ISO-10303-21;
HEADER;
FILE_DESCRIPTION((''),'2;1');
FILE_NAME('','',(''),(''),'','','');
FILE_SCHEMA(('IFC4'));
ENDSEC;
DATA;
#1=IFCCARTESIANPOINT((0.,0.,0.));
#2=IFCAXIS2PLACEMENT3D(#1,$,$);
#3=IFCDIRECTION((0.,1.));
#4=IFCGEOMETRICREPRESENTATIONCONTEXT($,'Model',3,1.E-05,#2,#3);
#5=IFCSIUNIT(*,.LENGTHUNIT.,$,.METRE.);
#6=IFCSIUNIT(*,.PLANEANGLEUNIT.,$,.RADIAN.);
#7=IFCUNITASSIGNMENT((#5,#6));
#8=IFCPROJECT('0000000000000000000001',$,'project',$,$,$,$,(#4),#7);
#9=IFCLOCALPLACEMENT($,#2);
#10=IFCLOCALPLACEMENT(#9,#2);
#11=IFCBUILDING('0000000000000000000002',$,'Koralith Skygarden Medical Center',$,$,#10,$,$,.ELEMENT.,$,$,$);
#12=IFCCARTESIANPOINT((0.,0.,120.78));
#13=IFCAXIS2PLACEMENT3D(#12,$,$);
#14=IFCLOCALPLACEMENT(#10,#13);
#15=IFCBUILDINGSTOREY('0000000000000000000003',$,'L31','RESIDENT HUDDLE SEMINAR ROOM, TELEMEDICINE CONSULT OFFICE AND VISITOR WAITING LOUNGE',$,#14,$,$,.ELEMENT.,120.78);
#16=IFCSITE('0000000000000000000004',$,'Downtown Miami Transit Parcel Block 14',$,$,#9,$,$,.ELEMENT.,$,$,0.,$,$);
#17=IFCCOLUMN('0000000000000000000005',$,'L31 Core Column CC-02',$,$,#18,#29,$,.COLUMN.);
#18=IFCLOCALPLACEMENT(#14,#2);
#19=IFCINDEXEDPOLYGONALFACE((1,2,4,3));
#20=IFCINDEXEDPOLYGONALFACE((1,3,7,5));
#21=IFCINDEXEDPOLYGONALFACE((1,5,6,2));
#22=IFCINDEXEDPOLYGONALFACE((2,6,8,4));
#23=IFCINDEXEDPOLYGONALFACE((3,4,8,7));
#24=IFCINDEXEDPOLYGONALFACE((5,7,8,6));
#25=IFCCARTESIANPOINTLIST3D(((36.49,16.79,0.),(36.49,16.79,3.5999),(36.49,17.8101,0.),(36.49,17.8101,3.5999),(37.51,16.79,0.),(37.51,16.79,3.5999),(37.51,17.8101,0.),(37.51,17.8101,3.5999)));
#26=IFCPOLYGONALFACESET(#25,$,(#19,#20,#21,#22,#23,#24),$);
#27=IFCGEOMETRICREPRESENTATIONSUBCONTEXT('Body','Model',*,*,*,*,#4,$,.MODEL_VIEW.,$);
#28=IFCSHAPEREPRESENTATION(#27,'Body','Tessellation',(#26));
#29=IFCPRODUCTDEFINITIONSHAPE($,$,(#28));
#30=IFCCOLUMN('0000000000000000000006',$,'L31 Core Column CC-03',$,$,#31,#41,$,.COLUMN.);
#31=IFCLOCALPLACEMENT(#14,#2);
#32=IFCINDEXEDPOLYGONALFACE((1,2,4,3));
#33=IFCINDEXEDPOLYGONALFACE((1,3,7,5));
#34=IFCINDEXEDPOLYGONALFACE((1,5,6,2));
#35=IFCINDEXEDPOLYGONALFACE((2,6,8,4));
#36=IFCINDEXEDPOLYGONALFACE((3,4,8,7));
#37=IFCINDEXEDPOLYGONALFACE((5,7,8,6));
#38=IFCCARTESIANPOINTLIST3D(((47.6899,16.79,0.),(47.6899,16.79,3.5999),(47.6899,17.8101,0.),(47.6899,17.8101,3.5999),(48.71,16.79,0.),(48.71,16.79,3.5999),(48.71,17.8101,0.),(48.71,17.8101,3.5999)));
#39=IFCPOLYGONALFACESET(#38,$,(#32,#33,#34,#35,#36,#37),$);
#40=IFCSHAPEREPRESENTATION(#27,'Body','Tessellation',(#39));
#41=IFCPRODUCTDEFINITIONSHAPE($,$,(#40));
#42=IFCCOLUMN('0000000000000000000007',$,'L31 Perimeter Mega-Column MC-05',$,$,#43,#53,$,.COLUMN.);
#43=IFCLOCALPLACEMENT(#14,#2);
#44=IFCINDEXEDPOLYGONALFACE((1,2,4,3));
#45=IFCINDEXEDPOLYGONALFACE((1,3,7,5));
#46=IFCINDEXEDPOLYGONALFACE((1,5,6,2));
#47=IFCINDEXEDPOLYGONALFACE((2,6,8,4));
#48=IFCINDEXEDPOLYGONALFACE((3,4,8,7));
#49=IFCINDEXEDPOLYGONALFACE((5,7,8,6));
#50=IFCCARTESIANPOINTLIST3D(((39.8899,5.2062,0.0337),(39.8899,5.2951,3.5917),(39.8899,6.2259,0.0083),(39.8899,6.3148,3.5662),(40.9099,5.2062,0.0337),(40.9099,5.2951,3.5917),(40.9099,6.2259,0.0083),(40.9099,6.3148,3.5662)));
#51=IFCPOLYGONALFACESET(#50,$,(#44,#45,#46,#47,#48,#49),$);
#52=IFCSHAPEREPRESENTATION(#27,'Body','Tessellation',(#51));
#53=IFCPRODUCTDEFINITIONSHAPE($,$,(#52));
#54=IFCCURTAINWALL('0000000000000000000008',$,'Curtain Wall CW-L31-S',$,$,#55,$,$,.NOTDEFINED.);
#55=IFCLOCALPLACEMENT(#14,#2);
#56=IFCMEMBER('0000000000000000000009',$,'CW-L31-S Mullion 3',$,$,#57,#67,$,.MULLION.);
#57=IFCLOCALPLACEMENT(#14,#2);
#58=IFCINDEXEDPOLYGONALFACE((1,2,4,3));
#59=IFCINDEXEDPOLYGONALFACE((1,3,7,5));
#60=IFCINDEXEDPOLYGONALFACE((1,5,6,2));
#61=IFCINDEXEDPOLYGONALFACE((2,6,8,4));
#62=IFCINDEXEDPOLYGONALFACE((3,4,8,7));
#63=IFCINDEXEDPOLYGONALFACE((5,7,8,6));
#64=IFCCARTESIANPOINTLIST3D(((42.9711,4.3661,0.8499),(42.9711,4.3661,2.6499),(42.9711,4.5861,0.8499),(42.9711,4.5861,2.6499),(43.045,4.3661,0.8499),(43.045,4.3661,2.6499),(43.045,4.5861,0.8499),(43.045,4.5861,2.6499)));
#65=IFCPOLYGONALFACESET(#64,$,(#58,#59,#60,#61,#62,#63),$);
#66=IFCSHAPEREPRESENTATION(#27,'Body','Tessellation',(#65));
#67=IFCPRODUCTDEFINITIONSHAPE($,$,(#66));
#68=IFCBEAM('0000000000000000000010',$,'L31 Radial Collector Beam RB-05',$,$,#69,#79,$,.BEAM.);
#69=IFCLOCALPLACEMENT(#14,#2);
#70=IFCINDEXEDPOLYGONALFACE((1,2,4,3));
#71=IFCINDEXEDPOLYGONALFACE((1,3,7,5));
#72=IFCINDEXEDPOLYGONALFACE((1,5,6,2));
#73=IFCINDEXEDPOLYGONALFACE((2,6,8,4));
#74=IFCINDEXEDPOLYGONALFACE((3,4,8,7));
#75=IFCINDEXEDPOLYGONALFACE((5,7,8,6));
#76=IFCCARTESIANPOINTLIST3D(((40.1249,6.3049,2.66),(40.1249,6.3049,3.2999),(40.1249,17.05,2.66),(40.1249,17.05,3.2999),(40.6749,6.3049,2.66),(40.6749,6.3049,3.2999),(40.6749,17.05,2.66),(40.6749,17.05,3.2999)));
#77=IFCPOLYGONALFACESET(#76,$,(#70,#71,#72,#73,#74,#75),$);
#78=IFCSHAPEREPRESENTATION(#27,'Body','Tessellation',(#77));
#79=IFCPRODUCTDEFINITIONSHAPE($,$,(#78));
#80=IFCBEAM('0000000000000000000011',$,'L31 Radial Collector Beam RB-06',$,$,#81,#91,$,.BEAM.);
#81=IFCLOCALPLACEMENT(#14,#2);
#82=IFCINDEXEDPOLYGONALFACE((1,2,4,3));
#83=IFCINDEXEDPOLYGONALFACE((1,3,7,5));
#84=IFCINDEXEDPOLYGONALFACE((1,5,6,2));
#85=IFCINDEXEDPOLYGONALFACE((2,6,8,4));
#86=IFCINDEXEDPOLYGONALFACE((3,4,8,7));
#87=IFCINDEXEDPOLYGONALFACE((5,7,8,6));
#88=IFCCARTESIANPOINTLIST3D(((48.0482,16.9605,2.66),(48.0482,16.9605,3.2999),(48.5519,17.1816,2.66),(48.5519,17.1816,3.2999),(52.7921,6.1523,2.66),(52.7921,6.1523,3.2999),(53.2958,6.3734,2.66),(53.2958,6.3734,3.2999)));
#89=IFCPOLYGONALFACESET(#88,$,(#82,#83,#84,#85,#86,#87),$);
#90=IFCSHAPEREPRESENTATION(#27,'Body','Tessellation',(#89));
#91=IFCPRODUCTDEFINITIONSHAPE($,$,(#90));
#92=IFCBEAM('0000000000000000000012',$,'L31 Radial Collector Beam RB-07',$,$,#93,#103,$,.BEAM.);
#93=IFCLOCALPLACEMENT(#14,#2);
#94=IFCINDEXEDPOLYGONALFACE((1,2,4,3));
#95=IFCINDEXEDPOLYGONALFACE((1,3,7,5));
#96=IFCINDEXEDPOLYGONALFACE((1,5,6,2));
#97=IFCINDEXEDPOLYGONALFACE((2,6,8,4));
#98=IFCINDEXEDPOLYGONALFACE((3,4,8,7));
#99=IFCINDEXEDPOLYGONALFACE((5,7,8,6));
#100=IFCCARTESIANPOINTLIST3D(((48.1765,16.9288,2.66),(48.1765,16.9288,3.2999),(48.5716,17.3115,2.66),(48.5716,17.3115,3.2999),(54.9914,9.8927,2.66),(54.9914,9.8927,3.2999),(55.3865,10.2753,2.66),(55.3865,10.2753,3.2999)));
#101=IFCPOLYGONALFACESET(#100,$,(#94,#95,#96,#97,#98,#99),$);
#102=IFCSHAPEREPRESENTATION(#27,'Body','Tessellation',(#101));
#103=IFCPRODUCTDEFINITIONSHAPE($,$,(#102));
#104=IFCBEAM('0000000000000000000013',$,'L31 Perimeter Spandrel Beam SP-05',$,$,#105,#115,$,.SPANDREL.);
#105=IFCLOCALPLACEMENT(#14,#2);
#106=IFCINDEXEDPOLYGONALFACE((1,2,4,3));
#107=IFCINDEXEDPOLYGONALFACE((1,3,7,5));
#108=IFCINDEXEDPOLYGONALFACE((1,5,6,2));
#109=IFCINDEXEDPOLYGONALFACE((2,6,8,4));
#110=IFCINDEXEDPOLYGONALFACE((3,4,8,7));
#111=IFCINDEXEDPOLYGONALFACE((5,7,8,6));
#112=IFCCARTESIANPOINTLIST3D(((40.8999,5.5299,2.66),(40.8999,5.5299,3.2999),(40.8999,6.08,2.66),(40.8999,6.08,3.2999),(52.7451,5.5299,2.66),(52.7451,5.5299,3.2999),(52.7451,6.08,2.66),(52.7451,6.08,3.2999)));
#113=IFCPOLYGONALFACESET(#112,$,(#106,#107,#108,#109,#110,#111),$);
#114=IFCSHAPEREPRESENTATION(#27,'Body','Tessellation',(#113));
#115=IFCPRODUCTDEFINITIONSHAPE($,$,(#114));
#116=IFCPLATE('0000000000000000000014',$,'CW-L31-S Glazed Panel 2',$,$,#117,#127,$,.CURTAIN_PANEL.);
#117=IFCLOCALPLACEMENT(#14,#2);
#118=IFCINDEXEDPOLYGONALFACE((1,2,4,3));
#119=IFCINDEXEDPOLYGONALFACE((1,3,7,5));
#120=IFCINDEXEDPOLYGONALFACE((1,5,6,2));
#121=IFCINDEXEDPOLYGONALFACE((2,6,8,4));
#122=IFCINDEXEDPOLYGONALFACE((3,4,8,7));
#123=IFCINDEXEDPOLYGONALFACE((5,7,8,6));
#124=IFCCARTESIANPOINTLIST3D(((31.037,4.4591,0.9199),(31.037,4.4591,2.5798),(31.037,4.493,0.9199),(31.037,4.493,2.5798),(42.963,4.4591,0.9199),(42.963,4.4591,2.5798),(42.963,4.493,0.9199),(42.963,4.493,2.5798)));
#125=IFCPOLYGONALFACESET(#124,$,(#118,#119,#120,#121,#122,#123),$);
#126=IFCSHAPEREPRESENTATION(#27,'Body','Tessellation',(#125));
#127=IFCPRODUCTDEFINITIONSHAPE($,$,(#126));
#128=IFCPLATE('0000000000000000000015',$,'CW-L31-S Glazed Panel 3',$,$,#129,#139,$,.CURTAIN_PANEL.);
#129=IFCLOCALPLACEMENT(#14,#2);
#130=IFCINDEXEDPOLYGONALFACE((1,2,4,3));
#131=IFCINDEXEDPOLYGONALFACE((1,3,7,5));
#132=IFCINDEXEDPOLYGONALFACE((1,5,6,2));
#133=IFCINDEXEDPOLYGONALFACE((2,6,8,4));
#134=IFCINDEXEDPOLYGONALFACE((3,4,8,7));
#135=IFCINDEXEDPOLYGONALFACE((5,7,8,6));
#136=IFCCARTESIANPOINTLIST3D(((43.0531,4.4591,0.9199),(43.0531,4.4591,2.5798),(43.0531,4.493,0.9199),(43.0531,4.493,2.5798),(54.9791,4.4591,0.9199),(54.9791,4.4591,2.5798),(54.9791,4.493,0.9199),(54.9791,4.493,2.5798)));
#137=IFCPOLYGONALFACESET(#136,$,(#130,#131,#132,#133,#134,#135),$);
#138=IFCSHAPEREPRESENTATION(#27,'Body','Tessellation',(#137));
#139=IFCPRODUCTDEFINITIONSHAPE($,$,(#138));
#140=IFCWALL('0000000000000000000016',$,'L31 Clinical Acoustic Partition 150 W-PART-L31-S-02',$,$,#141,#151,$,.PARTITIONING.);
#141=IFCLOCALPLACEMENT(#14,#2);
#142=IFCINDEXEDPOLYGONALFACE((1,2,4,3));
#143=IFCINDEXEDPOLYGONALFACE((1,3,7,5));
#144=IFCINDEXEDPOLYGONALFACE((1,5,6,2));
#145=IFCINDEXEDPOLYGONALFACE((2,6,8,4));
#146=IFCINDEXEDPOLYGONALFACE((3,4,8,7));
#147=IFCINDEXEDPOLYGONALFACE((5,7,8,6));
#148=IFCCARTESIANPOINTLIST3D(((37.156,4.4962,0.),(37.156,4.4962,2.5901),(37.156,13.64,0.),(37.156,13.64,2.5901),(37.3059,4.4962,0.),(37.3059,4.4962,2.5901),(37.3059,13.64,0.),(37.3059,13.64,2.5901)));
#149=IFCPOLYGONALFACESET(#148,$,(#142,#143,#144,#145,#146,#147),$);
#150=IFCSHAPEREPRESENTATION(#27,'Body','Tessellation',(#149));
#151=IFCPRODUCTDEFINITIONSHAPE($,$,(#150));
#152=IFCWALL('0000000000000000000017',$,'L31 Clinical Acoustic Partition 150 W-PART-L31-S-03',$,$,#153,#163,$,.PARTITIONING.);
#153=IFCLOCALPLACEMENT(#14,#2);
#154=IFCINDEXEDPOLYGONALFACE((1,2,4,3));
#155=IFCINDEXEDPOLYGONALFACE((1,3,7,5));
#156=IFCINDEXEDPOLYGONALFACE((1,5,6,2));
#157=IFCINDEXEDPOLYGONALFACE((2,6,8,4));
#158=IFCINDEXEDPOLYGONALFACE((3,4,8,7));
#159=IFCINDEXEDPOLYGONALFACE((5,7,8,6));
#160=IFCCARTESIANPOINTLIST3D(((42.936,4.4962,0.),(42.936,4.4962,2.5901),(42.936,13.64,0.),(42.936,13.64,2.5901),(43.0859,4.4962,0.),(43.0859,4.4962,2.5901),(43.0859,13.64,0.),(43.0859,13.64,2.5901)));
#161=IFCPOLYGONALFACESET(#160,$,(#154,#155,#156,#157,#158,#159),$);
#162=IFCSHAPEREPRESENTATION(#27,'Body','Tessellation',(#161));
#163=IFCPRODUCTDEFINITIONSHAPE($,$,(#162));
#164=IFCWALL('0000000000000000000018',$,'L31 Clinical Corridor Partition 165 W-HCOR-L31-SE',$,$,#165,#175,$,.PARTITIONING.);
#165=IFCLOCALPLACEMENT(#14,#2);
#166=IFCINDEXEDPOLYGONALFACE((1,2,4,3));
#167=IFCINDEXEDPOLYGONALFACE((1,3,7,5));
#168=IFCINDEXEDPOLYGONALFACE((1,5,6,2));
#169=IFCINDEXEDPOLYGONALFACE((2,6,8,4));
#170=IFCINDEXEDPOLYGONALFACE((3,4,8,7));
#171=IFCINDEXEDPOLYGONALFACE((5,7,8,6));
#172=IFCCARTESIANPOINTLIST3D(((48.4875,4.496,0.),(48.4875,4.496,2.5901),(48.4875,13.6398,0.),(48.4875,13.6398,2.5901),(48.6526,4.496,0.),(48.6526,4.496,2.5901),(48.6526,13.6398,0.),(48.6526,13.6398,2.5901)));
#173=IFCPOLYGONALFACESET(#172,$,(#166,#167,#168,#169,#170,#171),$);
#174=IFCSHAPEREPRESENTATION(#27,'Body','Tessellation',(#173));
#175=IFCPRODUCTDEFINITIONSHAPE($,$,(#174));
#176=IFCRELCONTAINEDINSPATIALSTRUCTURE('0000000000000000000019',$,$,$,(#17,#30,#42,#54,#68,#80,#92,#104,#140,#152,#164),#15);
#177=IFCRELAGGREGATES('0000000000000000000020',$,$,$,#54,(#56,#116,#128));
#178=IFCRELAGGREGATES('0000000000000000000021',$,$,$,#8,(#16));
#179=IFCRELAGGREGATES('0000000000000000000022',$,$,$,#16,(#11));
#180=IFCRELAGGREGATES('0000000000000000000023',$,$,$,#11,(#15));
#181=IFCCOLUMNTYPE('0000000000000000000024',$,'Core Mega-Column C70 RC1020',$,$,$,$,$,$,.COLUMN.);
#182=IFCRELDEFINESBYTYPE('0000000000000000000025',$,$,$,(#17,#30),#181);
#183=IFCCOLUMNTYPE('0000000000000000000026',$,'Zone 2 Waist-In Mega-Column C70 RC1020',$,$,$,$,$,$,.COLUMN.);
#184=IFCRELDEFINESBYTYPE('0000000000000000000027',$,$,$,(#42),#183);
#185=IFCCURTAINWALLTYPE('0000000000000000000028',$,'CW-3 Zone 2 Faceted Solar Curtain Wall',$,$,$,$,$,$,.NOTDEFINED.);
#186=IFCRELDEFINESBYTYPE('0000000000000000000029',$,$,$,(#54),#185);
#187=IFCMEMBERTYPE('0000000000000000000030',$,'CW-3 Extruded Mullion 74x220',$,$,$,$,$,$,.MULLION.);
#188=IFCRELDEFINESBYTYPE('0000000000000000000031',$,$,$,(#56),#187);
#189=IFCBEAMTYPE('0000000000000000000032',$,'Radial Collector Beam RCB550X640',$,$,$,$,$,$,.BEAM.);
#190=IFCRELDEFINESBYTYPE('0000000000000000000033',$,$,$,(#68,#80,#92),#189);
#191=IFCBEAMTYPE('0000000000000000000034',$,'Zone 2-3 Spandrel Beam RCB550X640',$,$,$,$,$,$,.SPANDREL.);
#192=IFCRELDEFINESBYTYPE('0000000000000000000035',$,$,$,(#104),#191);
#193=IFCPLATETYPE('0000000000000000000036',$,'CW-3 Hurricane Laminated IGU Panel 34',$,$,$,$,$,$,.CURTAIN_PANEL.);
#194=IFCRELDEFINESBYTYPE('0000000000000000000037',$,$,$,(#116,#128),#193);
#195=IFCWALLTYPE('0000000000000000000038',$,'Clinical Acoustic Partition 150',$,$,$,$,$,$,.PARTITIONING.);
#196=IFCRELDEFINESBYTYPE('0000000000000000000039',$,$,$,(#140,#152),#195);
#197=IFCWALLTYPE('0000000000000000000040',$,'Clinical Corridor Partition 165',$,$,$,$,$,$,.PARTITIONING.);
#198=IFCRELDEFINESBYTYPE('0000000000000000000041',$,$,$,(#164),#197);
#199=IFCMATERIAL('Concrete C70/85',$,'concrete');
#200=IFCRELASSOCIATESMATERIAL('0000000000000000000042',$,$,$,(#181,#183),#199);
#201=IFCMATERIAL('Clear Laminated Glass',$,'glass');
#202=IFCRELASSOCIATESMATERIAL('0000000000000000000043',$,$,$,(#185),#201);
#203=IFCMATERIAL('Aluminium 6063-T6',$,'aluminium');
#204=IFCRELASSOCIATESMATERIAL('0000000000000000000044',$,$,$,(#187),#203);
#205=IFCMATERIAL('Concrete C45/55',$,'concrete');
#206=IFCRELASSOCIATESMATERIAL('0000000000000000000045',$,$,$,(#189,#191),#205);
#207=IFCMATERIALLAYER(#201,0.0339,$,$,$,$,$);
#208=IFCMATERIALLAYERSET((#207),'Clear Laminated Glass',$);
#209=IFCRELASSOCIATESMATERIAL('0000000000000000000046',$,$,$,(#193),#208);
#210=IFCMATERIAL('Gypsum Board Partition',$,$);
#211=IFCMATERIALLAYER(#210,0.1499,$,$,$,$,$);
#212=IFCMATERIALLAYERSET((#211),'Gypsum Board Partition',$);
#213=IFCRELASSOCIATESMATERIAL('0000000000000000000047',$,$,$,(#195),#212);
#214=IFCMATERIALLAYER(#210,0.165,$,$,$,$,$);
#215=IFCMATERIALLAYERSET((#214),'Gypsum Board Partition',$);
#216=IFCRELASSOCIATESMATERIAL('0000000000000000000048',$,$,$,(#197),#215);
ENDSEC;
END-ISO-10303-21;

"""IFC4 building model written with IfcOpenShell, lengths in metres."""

from ifc_helpers import new_model, si_unit, direction, frame, frame_2d, origin, origin_2d, place, context, subcontext, project, spatial, rectangle, extrude, material, layer, layer_set, material_profile, profile_set, type_object, element, aggregate, save


model = new_model("IFC4")

# Units and contexts
model_context = context("Model", 3, precision=1e-05, world=origin(), true_north=direction((0.0, 1.0)))
body_context = subcontext(model_context, "Body", "Model", "MODEL_VIEW")
ifc_project = project(units=[si_unit("LENGTHUNIT", "METRE"), si_unit("PLANEANGLEUNIT", "RADIAN")], contexts=[model_context])

# Site, building, storey
site_placement = place(None, origin())
site = spatial("IfcSite", under=ifc_project, at=site_placement, Name="Downtown Miami Transit Parcel Block 14", CompositionType="ELEMENT", RefElevation=0.0)
building_placement = place(site_placement, origin())
building = spatial("IfcBuilding", under=site, at=building_placement, Name="Koralith Skygarden Medical Center", CompositionType="ELEMENT")
storey_placement = place(building_placement, frame((0.0, 0.0, 120.78)))
storey = spatial("IfcBuildingStorey", under=building, at=storey_placement, Name="L31", Description="RESIDENT HUDDLE SEMINAR ROOM, TELEMEDICINE CONSULT OFFICE AND VISITOR WAITING LOUNGE", CompositionType="ELEMENT", Elevation=120.78)

# Columns
ifc_material_1 = material(Name="Concrete C70/85", Category="concrete")
ifc_material_profile_1 = material_profile(ifc_material_1, rectangle(XDim=1.02, YDim=1.02, at=origin_2d()), Name="RC1020X1020")
ifc_profile_set_1 = profile_set([ifc_material_profile_1], Name="Concrete C70/85")
column_type_1 = type_object("IfcColumnType", Name="Core Mega-Column C70 RC1020", PredefinedType="COLUMN", material=ifc_profile_set_1)
for number, where, z_axis, x_axis, name in (
    (1, (37.0, 17.3, 0.0), (0.0, 0.0, 1.0), (1.0, 0.0, 0.0), "L31 Core Column CC-02"),
    (2, (48.2, 17.3, 0.0), (0.0, 0.0, 1.0), (1.0, 0.0, 0.0), "L31 Core Column CC-03"),
):
    element("IfcColumn", number, at=place(storey_placement, frame(where, z_axis=z_axis, x_axis=x_axis)), inside=storey, type_object=column_type_1, Name=name, PredefinedType="COLUMN", context=body_context, shape_type="SweptSolid", body=[
        extrude(rectangle(XDim=1.02, YDim=1.02, at=origin_2d()), origin(), (0.0, 0.0, 1.0), 3.5999),
    ])
ifc_material_profile_2 = material_profile(ifc_material_1, rectangle(XDim=1.02, YDim=1.02, at=origin_2d()), Name="RC1020X1020")
ifc_profile_set_2 = profile_set([ifc_material_profile_2], Name="Concrete C70/85")
column_type_2 = type_object("IfcColumnType", Name="Zone 2 Waist-In Mega-Column C70 RC1020", PredefinedType="COLUMN", material=ifc_profile_set_2)
column_placement = place(storey_placement, frame((40.3999, 5.7161, 0.021), z_axis=(0.0, 0.02497, 0.999688), x_axis=(-1.0, 0.0, 0.0)))
element("IfcColumn", 3, at=column_placement, inside=storey, type_object=column_type_2, Name="L31 Perimeter Mega-Column MC-05", PredefinedType="COLUMN", context=body_context, shape_type="SweptSolid", body=[
    extrude(rectangle(XDim=1.02, YDim=1.02, at=origin_2d()), origin(), (0.0, 0.0, 1.0), 3.5591),
])

# Curtain wall, member
ifc_material_2 = material(Name="Clear Laminated Glass", Category="glass")
curtain_wall_type = type_object("IfcCurtainWallType", Name="CW-3 Zone 2 Faceted Solar Curtain Wall", PredefinedType="NOTDEFINED", material=ifc_material_2)
curtain_wall_placement = place(storey_placement, origin())
curtain_wall = element("IfcCurtainWall", 4, at=curtain_wall_placement, inside=storey, type_object=curtain_wall_type, Name="Curtain Wall CW-L31-S", PredefinedType="NOTDEFINED")
ifc_material_3 = material(Name="Aluminium 6063-T6", Category="aluminium")
ifc_material_profile_3 = material_profile(ifc_material_3, rectangle(XDim=0.074, YDim=0.22, at=origin_2d()), Name="MUL74X220")
ifc_profile_set_3 = profile_set([ifc_material_profile_3], Name="Aluminium 6063-T6")
member_type = type_object("IfcMemberType", Name="CW-3 Extruded Mullion 74x220", PredefinedType="MULLION", material=ifc_profile_set_3)
member_placement = place(storey_placement, frame((43.0081, 4.4761, 0.8499), z_axis=(0.0, 0.0, 1.0), x_axis=(1.0, 0.0, 0.0)))
member = element("IfcMember", 5, at=member_placement, type_object=member_type, Name="CW-L31-S Mullion 3", PredefinedType="MULLION", context=body_context, shape_type="SweptSolid", body=[
    extrude(rectangle(XDim=0.074, YDim=0.22, at=origin_2d()), origin(), (0.0, 0.0, 1.0), 1.8),
])

# Beams
ifc_material_4 = material(Name="Concrete C45/55", Category="concrete")
ifc_material_profile_4 = material_profile(ifc_material_4, rectangle(XDim=0.55, YDim=0.6399, at=origin_2d()), Name="RCB550X640")
ifc_profile_set_4 = profile_set([ifc_material_profile_4], Name="Concrete C45/55")
beam_type_1 = type_object("IfcBeamType", Name="Radial Collector Beam RCB550X640", PredefinedType="BEAM", material=ifc_profile_set_4)
beam_1_placement = place(storey_placement, frame((40.3999, 17.05, 2.98), z_axis=(0.0, -1.0, 0.0), x_axis=(1.0, 0.0, 0.0)))
element("IfcBeam", 6, at=beam_1_placement, inside=storey, type_object=beam_type_1, Name="L31 Radial Collector Beam RB-05", PredefinedType="BEAM", context=body_context, shape_type="SweptSolid", body=[
    extrude(rectangle(XDim=0.55, YDim=0.6399, at=origin_2d()), origin(), (0.0, 0.0, 1.0), 10.7451),
])
beam_2_placement = place(storey_placement, frame((48.3, 17.071, 2.98), z_axis=(0.40191, -0.915679, 0.0), x_axis=(0.915679, 0.40191, 0.0)))
element("IfcBeam", 7, at=beam_2_placement, inside=storey, type_object=beam_type_1, Name="L31 Radial Collector Beam RB-06", PredefinedType="BEAM", context=body_context, shape_type="SweptSolid", body=[
    extrude(rectangle(XDim=0.55, YDim=0.6399, at=origin_2d()), origin(), (0.0, 0.0, 1.0), 11.8035),
])
beam_3_placement = place(storey_placement, frame((48.374, 17.1201, 2.98), z_axis=(0.695726, -0.718307, 0.0), x_axis=(0.718307, 0.695726, 0.0)))
element("IfcBeam", 8, at=beam_3_placement, inside=storey, type_object=beam_type_1, Name="L31 Radial Collector Beam RB-07", PredefinedType="BEAM", context=body_context, shape_type="SweptSolid", body=[
    extrude(rectangle(XDim=0.55, YDim=0.6399, at=origin_2d()), origin(), (0.0, 0.0, 1.0), 9.7954),
])
ifc_material_profile_5 = material_profile(ifc_material_4, rectangle(XDim=0.55, YDim=0.6399, at=origin_2d()), Name="RCB550X640")
ifc_profile_set_5 = profile_set([ifc_material_profile_5], Name="Concrete C45/55")
beam_type_2 = type_object("IfcBeamType", Name="Zone 2-3 Spandrel Beam RCB550X640", PredefinedType="SPANDREL", material=ifc_profile_set_5)
beam_4_placement = place(storey_placement, frame((40.8999, 5.8049, 2.98), z_axis=(1.0, 0.0, 0.0), x_axis=(0.0, 1.0, 0.0)))
element("IfcBeam", 9, at=beam_4_placement, inside=storey, type_object=beam_type_2, Name="L31 Perimeter Spandrel Beam SP-05", PredefinedType="SPANDREL", context=body_context, shape_type="SweptSolid", body=[
    extrude(rectangle(XDim=0.55, YDim=0.6399, at=origin_2d()), origin(), (0.0, 0.0, 1.0), 11.8452),
])

# Plates
ifc_layer_1 = layer(ifc_material_2, 0.0339)
ifc_layer_set_1 = layer_set([ifc_layer_1], Name="Clear Laminated Glass")
plate_type = type_object("IfcPlateType", Name="CW-3 Hurricane Laminated IGU Panel 34", PredefinedType="CURTAIN_PANEL", material=ifc_layer_set_1)
plate_1_placement = place(storey_placement, frame((37.0, 4.4761, 0.9199), z_axis=(0.0, 0.0, 1.0), x_axis=(1.0, 0.0, 0.0)))
plate_1 = element("IfcPlate", 10, at=plate_1_placement, type_object=plate_type, Name="CW-L31-S Glazed Panel 2", PredefinedType="CURTAIN_PANEL", context=body_context, shape_type="SweptSolid", body=[
    extrude(rectangle(XDim=11.926, YDim=0.0339, at=origin_2d()), origin(), (0.0, 0.0, 1.0), 1.6599),
])
plate_2_placement = place(storey_placement, frame((49.0161, 4.4761, 0.9199), z_axis=(0.0, 0.0, 1.0), x_axis=(1.0, 0.0, 0.0)))
plate_2 = element("IfcPlate", 11, at=plate_2_placement, type_object=plate_type, Name="CW-L31-S Glazed Panel 3", PredefinedType="CURTAIN_PANEL", context=body_context, shape_type="SweptSolid", body=[
    extrude(rectangle(XDim=11.926, YDim=0.0339, at=origin_2d()), origin(), (0.0, 0.0, 1.0), 1.6599),
])
aggregate(curtain_wall, [member, plate_1, plate_2])

# Walls
ifc_material_5 = material(Name="Gypsum Board Partition")
ifc_layer_2 = layer(ifc_material_5, 0.1499)
ifc_layer_set_2 = layer_set([ifc_layer_2], Name="Gypsum Board Partition")
wall_type_1 = type_object("IfcWallType", Name="Clinical Acoustic Partition 150", PredefinedType="PARTITIONING", material=ifc_layer_set_2)
for number, where, z_axis, x_axis, name in (
    (12, (37.231, 13.6399, 0.0), (0.0, 0.0, 1.0), (0.0, -1.0, 0.0), "L31 Clinical Acoustic Partition 150 W-PART-L31-S-02"),
    (13, (43.011, 13.6399, 0.0), (0.0, 0.0, 1.0), (0.0, -1.0, 0.0), "L31 Clinical Acoustic Partition 150 W-PART-L31-S-03"),
):
    element("IfcWall", number, at=place(storey_placement, frame(where, z_axis=z_axis, x_axis=x_axis)), inside=storey, type_object=wall_type_1, Name=name, PredefinedType="PARTITIONING", context=body_context, shape_type="SweptSolid", body=[
        extrude(rectangle(XDim=9.1438, YDim=0.1499, at=frame_2d((4.5718, 0.0))), origin(), (0.0, 0.0, 1.0), 2.5901),
    ])
ifc_layer_3 = layer(ifc_material_5, 0.165)
ifc_layer_set_3 = layer_set([ifc_layer_3], Name="Gypsum Board Partition")
wall_type_2 = type_object("IfcWallType", Name="Clinical Corridor Partition 165", PredefinedType="PARTITIONING", material=ifc_layer_set_3)
wall_1_placement = place(storey_placement, frame((48.5701, 4.4961, 0.0), z_axis=(0.0, 0.0, 1.0), x_axis=(0.0, 1.0, 0.0)))
element("IfcWall", 14, at=wall_1_placement, inside=storey, type_object=wall_type_2, Name="L31 Clinical Corridor Partition 165 W-HCOR-L31-SE", PredefinedType="PARTITIONING", context=body_context, shape_type="SweptSolid", body=[
    extrude(rectangle(XDim=9.1438, YDim=0.165, at=frame_2d((4.5718, 0.0))), origin(), (0.0, 0.0, 1.0), 2.5901),
])

save(model, "model.ifc")
